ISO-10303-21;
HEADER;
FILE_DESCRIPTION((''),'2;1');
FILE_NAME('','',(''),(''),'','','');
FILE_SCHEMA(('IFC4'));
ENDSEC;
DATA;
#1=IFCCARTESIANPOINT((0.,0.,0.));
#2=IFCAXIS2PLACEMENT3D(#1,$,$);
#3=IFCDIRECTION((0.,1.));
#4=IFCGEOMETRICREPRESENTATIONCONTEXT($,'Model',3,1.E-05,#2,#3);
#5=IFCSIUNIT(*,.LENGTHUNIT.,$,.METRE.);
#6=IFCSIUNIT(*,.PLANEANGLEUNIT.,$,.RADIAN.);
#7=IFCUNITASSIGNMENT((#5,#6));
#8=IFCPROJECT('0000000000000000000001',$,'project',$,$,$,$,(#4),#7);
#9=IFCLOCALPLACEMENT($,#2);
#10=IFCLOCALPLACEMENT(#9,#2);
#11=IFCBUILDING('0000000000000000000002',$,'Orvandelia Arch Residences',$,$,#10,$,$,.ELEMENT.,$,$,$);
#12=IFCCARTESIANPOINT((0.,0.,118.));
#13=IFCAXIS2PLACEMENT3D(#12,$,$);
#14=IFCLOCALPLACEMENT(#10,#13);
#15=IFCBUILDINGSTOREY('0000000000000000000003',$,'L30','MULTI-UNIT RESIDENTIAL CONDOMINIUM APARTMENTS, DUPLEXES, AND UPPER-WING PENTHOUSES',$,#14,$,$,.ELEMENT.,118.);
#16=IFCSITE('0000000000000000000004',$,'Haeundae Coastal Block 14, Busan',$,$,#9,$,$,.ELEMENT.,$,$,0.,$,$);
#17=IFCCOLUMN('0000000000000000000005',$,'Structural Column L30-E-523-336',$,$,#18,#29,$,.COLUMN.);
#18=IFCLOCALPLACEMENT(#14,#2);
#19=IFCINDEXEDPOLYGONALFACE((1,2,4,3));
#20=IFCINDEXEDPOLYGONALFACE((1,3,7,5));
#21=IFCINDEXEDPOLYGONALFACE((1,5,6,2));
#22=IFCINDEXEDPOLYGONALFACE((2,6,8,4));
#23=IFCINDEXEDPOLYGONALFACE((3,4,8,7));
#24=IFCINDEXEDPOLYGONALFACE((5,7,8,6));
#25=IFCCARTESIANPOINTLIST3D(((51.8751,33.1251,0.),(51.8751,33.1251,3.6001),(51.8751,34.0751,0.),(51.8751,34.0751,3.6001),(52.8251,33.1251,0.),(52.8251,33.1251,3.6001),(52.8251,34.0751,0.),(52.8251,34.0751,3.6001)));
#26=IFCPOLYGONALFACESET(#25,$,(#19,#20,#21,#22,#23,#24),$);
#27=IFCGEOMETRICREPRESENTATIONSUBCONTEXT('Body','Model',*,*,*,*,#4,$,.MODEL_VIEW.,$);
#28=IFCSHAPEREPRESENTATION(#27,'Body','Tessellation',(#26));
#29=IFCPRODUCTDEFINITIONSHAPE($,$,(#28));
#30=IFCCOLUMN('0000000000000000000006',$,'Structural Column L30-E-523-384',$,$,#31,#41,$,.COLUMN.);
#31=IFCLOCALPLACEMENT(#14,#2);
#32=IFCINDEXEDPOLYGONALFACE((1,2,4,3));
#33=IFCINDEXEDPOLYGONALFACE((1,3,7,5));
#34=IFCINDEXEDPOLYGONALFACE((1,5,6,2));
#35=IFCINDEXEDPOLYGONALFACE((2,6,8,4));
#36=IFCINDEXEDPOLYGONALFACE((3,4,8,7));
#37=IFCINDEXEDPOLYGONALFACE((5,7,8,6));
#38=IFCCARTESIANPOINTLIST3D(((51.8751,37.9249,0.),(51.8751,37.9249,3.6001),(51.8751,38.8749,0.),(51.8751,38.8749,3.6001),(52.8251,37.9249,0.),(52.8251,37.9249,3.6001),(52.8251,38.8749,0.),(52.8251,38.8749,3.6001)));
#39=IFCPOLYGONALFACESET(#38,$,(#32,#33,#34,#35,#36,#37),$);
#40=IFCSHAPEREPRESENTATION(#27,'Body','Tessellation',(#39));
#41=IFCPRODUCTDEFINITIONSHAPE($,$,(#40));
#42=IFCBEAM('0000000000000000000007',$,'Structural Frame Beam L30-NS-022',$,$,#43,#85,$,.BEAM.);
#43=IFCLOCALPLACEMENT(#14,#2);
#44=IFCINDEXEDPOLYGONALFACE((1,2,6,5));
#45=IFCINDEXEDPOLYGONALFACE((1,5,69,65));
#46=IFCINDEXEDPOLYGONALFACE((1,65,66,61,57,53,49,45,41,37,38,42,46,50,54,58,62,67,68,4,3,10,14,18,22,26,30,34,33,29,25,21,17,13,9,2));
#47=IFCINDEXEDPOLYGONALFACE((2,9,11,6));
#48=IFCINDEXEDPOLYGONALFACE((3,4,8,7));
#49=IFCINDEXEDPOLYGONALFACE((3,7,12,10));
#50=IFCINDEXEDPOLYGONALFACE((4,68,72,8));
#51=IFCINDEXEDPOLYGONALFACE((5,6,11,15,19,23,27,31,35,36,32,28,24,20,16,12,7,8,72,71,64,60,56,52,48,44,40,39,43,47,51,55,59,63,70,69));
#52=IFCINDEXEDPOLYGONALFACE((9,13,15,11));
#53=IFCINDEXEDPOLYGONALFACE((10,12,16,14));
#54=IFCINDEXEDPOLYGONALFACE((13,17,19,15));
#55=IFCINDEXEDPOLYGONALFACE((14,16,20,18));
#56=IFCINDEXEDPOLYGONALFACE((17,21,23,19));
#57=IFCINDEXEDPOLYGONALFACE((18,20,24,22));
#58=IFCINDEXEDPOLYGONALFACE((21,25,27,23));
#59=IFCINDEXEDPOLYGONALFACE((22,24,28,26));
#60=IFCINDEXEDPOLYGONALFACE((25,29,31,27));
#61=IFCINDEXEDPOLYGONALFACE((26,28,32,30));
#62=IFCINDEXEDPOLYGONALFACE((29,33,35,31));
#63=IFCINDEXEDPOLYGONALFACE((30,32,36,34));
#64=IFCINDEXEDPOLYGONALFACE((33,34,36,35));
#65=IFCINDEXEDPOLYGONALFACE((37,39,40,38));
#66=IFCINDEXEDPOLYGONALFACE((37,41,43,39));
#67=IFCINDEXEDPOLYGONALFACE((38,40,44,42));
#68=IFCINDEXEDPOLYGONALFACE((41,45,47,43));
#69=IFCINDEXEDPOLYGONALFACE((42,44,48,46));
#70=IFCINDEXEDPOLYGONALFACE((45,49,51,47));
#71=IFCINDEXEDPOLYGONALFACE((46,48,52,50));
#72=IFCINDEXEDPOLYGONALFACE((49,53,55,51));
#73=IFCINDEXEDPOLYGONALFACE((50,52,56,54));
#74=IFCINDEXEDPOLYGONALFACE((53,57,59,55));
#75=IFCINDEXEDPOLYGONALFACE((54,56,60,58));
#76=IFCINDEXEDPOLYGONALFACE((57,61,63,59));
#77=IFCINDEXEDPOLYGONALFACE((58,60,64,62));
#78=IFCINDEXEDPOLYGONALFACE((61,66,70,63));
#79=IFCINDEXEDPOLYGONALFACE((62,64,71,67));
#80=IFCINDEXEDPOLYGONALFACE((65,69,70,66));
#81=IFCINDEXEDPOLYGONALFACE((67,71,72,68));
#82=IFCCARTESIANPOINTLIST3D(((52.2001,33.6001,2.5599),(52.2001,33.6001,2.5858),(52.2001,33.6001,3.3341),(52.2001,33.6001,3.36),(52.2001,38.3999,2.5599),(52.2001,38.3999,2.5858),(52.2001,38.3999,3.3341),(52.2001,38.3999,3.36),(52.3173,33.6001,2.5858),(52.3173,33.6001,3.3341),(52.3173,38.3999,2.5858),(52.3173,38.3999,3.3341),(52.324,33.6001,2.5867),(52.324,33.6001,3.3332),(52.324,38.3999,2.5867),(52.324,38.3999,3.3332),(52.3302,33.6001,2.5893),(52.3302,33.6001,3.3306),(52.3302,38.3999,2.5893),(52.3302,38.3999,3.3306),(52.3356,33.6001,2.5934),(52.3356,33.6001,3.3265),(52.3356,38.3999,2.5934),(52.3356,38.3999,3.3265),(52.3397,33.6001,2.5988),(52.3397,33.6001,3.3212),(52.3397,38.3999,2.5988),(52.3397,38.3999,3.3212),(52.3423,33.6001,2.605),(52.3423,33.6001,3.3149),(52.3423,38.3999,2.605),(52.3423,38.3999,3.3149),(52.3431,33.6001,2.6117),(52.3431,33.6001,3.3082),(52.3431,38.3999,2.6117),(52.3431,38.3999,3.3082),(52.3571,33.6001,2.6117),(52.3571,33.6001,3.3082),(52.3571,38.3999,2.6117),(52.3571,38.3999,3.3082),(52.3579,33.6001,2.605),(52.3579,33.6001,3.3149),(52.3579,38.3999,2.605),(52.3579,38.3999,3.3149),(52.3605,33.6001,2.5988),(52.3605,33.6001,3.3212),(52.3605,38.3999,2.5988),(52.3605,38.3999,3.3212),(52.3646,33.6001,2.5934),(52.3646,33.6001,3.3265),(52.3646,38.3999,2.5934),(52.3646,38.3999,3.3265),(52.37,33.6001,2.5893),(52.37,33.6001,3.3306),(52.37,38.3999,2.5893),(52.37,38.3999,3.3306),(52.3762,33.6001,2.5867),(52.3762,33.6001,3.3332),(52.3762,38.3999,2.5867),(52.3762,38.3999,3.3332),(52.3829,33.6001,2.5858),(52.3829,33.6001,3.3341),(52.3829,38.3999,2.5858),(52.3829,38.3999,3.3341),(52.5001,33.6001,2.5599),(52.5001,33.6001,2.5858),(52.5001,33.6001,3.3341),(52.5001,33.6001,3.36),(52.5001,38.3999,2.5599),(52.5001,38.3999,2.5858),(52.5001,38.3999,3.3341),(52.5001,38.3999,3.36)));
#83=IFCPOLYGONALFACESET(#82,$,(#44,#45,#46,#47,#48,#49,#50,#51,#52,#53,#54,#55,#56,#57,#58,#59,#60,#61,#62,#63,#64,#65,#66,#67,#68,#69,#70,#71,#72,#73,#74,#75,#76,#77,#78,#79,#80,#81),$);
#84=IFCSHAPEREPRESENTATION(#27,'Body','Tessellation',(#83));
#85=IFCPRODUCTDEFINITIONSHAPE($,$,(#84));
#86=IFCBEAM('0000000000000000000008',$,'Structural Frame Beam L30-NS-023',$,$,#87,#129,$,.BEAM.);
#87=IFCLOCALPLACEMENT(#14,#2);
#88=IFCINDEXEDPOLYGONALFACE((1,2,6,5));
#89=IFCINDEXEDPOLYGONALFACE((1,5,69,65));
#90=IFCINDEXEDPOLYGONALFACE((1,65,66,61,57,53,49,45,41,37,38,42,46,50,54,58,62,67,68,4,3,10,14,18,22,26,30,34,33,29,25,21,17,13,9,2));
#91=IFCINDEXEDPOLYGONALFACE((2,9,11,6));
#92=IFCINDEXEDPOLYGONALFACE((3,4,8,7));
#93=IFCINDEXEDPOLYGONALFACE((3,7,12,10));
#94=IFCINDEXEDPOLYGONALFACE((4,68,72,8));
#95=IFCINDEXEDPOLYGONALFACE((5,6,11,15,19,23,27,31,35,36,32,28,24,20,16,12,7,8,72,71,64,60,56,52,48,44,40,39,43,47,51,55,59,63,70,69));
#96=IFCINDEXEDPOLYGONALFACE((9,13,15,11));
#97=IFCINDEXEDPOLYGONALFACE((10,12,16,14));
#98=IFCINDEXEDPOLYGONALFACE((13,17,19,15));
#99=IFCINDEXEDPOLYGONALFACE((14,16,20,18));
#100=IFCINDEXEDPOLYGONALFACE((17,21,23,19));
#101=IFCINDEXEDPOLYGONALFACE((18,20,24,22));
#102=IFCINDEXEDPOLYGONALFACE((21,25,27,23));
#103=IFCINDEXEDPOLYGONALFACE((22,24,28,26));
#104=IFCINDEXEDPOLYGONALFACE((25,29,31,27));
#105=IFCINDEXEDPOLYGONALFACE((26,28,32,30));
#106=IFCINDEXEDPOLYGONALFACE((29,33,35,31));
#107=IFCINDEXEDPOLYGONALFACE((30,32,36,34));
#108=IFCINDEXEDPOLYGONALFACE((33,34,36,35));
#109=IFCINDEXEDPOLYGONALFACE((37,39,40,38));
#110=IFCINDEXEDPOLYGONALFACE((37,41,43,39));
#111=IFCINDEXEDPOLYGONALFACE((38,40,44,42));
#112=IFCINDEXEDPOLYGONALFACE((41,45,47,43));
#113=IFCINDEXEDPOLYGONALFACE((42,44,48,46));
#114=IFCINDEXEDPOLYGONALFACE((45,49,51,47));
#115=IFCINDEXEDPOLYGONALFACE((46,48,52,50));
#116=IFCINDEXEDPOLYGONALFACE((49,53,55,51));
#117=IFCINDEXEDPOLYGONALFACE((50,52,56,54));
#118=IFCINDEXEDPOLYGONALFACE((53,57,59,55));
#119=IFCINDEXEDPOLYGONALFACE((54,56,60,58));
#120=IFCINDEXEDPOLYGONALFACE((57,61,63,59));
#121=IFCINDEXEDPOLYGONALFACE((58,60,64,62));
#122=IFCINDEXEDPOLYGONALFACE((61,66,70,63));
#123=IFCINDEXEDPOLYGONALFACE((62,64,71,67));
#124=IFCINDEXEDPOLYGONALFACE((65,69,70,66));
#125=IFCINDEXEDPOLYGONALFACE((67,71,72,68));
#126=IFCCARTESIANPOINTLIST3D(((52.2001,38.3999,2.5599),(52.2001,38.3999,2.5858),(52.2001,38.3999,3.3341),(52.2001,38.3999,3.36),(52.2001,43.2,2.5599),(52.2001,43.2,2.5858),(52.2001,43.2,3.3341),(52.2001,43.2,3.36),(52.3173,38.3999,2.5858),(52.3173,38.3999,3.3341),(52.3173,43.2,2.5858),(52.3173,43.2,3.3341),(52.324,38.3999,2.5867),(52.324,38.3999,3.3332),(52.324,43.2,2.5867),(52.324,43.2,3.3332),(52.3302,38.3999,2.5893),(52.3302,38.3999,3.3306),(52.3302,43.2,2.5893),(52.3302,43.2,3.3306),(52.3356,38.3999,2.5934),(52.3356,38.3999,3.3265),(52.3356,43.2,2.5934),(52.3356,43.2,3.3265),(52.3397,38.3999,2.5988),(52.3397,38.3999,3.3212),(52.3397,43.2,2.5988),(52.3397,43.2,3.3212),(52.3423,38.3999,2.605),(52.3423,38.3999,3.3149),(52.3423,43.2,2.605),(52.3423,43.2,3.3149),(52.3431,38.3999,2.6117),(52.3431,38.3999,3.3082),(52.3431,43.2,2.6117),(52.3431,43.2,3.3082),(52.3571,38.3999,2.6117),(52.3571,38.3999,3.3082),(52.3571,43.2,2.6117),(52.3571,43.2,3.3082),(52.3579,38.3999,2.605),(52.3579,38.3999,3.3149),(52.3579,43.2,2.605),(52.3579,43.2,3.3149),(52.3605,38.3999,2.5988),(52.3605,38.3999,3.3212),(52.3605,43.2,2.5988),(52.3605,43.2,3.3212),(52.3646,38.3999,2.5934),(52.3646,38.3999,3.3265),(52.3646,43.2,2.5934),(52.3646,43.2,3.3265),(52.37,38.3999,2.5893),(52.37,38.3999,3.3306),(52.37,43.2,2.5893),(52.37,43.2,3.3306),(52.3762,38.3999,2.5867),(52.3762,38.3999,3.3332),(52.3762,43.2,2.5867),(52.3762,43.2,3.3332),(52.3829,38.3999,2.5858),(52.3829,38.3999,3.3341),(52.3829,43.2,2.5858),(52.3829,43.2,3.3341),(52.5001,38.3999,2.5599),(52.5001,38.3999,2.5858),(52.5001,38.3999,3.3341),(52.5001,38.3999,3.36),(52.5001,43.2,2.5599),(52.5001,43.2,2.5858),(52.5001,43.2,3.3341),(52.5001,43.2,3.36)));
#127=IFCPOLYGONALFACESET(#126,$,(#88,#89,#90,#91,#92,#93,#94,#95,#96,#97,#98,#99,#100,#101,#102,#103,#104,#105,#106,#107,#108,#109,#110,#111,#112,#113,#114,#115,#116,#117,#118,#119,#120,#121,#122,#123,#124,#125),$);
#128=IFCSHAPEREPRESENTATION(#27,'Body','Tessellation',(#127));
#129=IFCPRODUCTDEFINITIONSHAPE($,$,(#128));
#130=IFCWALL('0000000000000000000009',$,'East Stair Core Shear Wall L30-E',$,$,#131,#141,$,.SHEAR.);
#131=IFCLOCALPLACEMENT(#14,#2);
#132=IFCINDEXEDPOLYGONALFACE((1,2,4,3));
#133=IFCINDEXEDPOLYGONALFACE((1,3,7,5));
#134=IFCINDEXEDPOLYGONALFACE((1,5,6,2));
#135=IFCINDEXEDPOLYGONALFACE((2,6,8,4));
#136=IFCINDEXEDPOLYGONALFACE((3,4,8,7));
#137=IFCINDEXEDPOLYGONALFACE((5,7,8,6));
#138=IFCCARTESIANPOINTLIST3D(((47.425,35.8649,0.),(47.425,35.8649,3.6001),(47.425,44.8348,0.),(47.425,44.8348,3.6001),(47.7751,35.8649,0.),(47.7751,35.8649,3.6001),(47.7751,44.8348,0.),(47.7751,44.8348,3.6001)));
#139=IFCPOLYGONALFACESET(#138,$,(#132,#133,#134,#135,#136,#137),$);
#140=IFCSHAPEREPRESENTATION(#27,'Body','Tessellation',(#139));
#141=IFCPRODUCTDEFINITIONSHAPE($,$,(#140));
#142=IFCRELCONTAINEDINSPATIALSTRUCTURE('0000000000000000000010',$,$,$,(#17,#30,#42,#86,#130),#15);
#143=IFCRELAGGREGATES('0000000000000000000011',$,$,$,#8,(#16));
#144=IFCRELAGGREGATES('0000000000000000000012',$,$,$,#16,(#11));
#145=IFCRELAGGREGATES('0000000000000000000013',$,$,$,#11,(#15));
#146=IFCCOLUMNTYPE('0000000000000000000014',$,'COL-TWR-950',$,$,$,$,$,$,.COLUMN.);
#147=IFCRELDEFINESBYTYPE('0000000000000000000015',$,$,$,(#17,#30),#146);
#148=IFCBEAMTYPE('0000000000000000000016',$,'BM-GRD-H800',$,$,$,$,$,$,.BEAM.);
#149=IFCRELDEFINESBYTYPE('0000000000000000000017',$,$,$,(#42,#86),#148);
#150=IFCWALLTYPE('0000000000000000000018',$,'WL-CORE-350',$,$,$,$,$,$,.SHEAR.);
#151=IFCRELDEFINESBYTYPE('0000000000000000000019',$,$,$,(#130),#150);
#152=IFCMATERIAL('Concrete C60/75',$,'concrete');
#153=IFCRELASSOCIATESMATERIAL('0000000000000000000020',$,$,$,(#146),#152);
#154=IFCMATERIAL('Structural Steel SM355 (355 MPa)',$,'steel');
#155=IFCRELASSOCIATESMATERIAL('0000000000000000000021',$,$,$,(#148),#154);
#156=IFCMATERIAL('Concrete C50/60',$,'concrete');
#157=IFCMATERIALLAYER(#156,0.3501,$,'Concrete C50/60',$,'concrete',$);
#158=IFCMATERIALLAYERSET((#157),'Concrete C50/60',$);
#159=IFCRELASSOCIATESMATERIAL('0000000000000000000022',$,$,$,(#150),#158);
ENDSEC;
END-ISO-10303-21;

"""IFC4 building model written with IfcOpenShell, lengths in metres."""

from ifc_helpers import new_model, si_unit, direction, frame, frame_2d, origin, origin_2d, place, context, subcontext, project, spatial, rectangle, i_section, extrude, material, layer, layer_set, material_profile, profile_set, type_object, element, save


model = new_model("IFC4")

# Units and contexts
model_context = context("Model", 3, precision=1e-05, world=origin(), true_north=direction((0.0, 1.0)))
body_context = subcontext(model_context, "Body", "Model", "MODEL_VIEW")
ifc_project = project(units=[si_unit("LENGTHUNIT", "METRE"), si_unit("PLANEANGLEUNIT", "RADIAN")], contexts=[model_context])

# Site, building, storey
site_placement = place(None, origin())
site = spatial("IfcSite", under=ifc_project, at=site_placement, Name="Haeundae Coastal Block 14, Busan", CompositionType="ELEMENT", RefElevation=0.0)
building_placement = place(site_placement, origin())
building = spatial("IfcBuilding", under=site, at=building_placement, Name="Orvandelia Arch Residences", CompositionType="ELEMENT")
storey_placement = place(building_placement, frame((0.0, 0.0, 118.0)))
storey = spatial("IfcBuildingStorey", under=building, at=storey_placement, Name="L30", Description="MULTI-UNIT RESIDENTIAL CONDOMINIUM APARTMENTS, DUPLEXES, AND UPPER-WING PENTHOUSES", CompositionType="ELEMENT", Elevation=118.0)

# Columns
ifc_material_1 = material(Name="Concrete C60/75", Category="concrete")
ifc_material_profile_1 = material_profile(ifc_material_1, rectangle(XDim=0.95, YDim=0.95, at=origin_2d()), Name="Concrete C60/75", Category="concrete")
ifc_profile_set_1 = profile_set([ifc_material_profile_1], Name="Concrete C60/75")
column_type = type_object("IfcColumnType", Name="COL-TWR-950", PredefinedType="COLUMN", material=ifc_profile_set_1)
for number, where, z_axis, x_axis, name in (
    (1, (52.3501, 33.6001, 0.0), (0.0, 0.0, 1.0), (1.0, 0.0, 0.0), "Structural Column L30-E-523-336"),
    (2, (52.3501, 38.3999, 0.0), (0.0, 0.0, 1.0), (1.0, 0.0, 0.0), "Structural Column L30-E-523-384"),
):
    element("IfcColumn", number, at=place(storey_placement, frame(where, z_axis=z_axis, x_axis=x_axis)), inside=storey, type_object=column_type, Name=name, PredefinedType="COLUMN", context=body_context, shape_type="SweptSolid", body=[
        extrude(rectangle(XDim=0.95, YDim=0.95, at=origin_2d()), origin(), (0.0, 0.0, 1.0), 3.6001),
    ])

# Beams
ifc_material_2 = material(Name="Structural Steel SM355 (355 MPa)", Category="steel")
ifc_material_profile_2 = material_profile(ifc_material_2, i_section(OverallWidth=0.3, OverallDepth=0.8, WebThickness=0.0139, FlangeThickness=0.0259, FilletRadius=0.0259, at=origin_2d()), Name="Structural Steel SM355 (355 MPa)", Category="steel")
ifc_profile_set_2 = profile_set([ifc_material_profile_2], Name="Structural Steel SM355 (355 MPa)")
beam_type = type_object("IfcBeamType", Name="BM-GRD-H800", PredefinedType="BEAM", material=ifc_profile_set_2)
beam_1_placement = place(storey_placement, frame((52.3501, 33.6001, 2.96), z_axis=(0.0, 1.0, 0.0), x_axis=(-1.0, 0.0, 0.0)))
element("IfcBeam", 3, at=beam_1_placement, inside=storey, type_object=beam_type, Name="Structural Frame Beam L30-NS-022", PredefinedType="BEAM", context=body_context, shape_type="SweptSolid", body=[
    extrude(i_section(OverallWidth=0.3, OverallDepth=0.8, WebThickness=0.0139, FlangeThickness=0.0259, FilletRadius=0.0259, at=origin_2d()), origin(), (0.0, 0.0, 1.0), 4.7998),
])
beam_2_placement = place(storey_placement, frame((52.3501, 38.3999, 2.96), z_axis=(0.0, 1.0, 0.0), x_axis=(-1.0, 0.0, 0.0)))
element("IfcBeam", 4, at=beam_2_placement, inside=storey, type_object=beam_type, Name="Structural Frame Beam L30-NS-023", PredefinedType="BEAM", context=body_context, shape_type="SweptSolid", body=[
    extrude(i_section(OverallWidth=0.3, OverallDepth=0.8, WebThickness=0.0139, FlangeThickness=0.0259, FilletRadius=0.0259, at=origin_2d()), origin(), (0.0, 0.0, 1.0), 4.8),
])

# Wall
ifc_material_3 = material(Name="Concrete C50/60", Category="concrete")
ifc_layer_1 = layer(ifc_material_3, 0.3501, Name="Concrete C50/60", Category="concrete")
ifc_layer_set_1 = layer_set([ifc_layer_1], Name="Concrete C50/60")
wall_type_1 = type_object("IfcWallType", Name="WL-CORE-350", PredefinedType="SHEAR", material=ifc_layer_set_1)
wall_1_placement = place(storey_placement, frame((47.6001, 35.865, 0.0), z_axis=(0.0, 0.0, 1.0), x_axis=(0.0, 1.0, 0.0)))
element("IfcWall", 5, at=wall_1_placement, inside=storey, type_object=wall_type_1, Name="East Stair Core Shear Wall L30-E", PredefinedType="SHEAR", context=body_context, shape_type="SweptSolid", body=[
    extrude(rectangle(XDim=8.97, YDim=0.3501, at=frame_2d((4.4849, 0.0))), origin(), (0.0, 0.0, 1.0), 3.6001),
])

save(model, "model.ifc")
